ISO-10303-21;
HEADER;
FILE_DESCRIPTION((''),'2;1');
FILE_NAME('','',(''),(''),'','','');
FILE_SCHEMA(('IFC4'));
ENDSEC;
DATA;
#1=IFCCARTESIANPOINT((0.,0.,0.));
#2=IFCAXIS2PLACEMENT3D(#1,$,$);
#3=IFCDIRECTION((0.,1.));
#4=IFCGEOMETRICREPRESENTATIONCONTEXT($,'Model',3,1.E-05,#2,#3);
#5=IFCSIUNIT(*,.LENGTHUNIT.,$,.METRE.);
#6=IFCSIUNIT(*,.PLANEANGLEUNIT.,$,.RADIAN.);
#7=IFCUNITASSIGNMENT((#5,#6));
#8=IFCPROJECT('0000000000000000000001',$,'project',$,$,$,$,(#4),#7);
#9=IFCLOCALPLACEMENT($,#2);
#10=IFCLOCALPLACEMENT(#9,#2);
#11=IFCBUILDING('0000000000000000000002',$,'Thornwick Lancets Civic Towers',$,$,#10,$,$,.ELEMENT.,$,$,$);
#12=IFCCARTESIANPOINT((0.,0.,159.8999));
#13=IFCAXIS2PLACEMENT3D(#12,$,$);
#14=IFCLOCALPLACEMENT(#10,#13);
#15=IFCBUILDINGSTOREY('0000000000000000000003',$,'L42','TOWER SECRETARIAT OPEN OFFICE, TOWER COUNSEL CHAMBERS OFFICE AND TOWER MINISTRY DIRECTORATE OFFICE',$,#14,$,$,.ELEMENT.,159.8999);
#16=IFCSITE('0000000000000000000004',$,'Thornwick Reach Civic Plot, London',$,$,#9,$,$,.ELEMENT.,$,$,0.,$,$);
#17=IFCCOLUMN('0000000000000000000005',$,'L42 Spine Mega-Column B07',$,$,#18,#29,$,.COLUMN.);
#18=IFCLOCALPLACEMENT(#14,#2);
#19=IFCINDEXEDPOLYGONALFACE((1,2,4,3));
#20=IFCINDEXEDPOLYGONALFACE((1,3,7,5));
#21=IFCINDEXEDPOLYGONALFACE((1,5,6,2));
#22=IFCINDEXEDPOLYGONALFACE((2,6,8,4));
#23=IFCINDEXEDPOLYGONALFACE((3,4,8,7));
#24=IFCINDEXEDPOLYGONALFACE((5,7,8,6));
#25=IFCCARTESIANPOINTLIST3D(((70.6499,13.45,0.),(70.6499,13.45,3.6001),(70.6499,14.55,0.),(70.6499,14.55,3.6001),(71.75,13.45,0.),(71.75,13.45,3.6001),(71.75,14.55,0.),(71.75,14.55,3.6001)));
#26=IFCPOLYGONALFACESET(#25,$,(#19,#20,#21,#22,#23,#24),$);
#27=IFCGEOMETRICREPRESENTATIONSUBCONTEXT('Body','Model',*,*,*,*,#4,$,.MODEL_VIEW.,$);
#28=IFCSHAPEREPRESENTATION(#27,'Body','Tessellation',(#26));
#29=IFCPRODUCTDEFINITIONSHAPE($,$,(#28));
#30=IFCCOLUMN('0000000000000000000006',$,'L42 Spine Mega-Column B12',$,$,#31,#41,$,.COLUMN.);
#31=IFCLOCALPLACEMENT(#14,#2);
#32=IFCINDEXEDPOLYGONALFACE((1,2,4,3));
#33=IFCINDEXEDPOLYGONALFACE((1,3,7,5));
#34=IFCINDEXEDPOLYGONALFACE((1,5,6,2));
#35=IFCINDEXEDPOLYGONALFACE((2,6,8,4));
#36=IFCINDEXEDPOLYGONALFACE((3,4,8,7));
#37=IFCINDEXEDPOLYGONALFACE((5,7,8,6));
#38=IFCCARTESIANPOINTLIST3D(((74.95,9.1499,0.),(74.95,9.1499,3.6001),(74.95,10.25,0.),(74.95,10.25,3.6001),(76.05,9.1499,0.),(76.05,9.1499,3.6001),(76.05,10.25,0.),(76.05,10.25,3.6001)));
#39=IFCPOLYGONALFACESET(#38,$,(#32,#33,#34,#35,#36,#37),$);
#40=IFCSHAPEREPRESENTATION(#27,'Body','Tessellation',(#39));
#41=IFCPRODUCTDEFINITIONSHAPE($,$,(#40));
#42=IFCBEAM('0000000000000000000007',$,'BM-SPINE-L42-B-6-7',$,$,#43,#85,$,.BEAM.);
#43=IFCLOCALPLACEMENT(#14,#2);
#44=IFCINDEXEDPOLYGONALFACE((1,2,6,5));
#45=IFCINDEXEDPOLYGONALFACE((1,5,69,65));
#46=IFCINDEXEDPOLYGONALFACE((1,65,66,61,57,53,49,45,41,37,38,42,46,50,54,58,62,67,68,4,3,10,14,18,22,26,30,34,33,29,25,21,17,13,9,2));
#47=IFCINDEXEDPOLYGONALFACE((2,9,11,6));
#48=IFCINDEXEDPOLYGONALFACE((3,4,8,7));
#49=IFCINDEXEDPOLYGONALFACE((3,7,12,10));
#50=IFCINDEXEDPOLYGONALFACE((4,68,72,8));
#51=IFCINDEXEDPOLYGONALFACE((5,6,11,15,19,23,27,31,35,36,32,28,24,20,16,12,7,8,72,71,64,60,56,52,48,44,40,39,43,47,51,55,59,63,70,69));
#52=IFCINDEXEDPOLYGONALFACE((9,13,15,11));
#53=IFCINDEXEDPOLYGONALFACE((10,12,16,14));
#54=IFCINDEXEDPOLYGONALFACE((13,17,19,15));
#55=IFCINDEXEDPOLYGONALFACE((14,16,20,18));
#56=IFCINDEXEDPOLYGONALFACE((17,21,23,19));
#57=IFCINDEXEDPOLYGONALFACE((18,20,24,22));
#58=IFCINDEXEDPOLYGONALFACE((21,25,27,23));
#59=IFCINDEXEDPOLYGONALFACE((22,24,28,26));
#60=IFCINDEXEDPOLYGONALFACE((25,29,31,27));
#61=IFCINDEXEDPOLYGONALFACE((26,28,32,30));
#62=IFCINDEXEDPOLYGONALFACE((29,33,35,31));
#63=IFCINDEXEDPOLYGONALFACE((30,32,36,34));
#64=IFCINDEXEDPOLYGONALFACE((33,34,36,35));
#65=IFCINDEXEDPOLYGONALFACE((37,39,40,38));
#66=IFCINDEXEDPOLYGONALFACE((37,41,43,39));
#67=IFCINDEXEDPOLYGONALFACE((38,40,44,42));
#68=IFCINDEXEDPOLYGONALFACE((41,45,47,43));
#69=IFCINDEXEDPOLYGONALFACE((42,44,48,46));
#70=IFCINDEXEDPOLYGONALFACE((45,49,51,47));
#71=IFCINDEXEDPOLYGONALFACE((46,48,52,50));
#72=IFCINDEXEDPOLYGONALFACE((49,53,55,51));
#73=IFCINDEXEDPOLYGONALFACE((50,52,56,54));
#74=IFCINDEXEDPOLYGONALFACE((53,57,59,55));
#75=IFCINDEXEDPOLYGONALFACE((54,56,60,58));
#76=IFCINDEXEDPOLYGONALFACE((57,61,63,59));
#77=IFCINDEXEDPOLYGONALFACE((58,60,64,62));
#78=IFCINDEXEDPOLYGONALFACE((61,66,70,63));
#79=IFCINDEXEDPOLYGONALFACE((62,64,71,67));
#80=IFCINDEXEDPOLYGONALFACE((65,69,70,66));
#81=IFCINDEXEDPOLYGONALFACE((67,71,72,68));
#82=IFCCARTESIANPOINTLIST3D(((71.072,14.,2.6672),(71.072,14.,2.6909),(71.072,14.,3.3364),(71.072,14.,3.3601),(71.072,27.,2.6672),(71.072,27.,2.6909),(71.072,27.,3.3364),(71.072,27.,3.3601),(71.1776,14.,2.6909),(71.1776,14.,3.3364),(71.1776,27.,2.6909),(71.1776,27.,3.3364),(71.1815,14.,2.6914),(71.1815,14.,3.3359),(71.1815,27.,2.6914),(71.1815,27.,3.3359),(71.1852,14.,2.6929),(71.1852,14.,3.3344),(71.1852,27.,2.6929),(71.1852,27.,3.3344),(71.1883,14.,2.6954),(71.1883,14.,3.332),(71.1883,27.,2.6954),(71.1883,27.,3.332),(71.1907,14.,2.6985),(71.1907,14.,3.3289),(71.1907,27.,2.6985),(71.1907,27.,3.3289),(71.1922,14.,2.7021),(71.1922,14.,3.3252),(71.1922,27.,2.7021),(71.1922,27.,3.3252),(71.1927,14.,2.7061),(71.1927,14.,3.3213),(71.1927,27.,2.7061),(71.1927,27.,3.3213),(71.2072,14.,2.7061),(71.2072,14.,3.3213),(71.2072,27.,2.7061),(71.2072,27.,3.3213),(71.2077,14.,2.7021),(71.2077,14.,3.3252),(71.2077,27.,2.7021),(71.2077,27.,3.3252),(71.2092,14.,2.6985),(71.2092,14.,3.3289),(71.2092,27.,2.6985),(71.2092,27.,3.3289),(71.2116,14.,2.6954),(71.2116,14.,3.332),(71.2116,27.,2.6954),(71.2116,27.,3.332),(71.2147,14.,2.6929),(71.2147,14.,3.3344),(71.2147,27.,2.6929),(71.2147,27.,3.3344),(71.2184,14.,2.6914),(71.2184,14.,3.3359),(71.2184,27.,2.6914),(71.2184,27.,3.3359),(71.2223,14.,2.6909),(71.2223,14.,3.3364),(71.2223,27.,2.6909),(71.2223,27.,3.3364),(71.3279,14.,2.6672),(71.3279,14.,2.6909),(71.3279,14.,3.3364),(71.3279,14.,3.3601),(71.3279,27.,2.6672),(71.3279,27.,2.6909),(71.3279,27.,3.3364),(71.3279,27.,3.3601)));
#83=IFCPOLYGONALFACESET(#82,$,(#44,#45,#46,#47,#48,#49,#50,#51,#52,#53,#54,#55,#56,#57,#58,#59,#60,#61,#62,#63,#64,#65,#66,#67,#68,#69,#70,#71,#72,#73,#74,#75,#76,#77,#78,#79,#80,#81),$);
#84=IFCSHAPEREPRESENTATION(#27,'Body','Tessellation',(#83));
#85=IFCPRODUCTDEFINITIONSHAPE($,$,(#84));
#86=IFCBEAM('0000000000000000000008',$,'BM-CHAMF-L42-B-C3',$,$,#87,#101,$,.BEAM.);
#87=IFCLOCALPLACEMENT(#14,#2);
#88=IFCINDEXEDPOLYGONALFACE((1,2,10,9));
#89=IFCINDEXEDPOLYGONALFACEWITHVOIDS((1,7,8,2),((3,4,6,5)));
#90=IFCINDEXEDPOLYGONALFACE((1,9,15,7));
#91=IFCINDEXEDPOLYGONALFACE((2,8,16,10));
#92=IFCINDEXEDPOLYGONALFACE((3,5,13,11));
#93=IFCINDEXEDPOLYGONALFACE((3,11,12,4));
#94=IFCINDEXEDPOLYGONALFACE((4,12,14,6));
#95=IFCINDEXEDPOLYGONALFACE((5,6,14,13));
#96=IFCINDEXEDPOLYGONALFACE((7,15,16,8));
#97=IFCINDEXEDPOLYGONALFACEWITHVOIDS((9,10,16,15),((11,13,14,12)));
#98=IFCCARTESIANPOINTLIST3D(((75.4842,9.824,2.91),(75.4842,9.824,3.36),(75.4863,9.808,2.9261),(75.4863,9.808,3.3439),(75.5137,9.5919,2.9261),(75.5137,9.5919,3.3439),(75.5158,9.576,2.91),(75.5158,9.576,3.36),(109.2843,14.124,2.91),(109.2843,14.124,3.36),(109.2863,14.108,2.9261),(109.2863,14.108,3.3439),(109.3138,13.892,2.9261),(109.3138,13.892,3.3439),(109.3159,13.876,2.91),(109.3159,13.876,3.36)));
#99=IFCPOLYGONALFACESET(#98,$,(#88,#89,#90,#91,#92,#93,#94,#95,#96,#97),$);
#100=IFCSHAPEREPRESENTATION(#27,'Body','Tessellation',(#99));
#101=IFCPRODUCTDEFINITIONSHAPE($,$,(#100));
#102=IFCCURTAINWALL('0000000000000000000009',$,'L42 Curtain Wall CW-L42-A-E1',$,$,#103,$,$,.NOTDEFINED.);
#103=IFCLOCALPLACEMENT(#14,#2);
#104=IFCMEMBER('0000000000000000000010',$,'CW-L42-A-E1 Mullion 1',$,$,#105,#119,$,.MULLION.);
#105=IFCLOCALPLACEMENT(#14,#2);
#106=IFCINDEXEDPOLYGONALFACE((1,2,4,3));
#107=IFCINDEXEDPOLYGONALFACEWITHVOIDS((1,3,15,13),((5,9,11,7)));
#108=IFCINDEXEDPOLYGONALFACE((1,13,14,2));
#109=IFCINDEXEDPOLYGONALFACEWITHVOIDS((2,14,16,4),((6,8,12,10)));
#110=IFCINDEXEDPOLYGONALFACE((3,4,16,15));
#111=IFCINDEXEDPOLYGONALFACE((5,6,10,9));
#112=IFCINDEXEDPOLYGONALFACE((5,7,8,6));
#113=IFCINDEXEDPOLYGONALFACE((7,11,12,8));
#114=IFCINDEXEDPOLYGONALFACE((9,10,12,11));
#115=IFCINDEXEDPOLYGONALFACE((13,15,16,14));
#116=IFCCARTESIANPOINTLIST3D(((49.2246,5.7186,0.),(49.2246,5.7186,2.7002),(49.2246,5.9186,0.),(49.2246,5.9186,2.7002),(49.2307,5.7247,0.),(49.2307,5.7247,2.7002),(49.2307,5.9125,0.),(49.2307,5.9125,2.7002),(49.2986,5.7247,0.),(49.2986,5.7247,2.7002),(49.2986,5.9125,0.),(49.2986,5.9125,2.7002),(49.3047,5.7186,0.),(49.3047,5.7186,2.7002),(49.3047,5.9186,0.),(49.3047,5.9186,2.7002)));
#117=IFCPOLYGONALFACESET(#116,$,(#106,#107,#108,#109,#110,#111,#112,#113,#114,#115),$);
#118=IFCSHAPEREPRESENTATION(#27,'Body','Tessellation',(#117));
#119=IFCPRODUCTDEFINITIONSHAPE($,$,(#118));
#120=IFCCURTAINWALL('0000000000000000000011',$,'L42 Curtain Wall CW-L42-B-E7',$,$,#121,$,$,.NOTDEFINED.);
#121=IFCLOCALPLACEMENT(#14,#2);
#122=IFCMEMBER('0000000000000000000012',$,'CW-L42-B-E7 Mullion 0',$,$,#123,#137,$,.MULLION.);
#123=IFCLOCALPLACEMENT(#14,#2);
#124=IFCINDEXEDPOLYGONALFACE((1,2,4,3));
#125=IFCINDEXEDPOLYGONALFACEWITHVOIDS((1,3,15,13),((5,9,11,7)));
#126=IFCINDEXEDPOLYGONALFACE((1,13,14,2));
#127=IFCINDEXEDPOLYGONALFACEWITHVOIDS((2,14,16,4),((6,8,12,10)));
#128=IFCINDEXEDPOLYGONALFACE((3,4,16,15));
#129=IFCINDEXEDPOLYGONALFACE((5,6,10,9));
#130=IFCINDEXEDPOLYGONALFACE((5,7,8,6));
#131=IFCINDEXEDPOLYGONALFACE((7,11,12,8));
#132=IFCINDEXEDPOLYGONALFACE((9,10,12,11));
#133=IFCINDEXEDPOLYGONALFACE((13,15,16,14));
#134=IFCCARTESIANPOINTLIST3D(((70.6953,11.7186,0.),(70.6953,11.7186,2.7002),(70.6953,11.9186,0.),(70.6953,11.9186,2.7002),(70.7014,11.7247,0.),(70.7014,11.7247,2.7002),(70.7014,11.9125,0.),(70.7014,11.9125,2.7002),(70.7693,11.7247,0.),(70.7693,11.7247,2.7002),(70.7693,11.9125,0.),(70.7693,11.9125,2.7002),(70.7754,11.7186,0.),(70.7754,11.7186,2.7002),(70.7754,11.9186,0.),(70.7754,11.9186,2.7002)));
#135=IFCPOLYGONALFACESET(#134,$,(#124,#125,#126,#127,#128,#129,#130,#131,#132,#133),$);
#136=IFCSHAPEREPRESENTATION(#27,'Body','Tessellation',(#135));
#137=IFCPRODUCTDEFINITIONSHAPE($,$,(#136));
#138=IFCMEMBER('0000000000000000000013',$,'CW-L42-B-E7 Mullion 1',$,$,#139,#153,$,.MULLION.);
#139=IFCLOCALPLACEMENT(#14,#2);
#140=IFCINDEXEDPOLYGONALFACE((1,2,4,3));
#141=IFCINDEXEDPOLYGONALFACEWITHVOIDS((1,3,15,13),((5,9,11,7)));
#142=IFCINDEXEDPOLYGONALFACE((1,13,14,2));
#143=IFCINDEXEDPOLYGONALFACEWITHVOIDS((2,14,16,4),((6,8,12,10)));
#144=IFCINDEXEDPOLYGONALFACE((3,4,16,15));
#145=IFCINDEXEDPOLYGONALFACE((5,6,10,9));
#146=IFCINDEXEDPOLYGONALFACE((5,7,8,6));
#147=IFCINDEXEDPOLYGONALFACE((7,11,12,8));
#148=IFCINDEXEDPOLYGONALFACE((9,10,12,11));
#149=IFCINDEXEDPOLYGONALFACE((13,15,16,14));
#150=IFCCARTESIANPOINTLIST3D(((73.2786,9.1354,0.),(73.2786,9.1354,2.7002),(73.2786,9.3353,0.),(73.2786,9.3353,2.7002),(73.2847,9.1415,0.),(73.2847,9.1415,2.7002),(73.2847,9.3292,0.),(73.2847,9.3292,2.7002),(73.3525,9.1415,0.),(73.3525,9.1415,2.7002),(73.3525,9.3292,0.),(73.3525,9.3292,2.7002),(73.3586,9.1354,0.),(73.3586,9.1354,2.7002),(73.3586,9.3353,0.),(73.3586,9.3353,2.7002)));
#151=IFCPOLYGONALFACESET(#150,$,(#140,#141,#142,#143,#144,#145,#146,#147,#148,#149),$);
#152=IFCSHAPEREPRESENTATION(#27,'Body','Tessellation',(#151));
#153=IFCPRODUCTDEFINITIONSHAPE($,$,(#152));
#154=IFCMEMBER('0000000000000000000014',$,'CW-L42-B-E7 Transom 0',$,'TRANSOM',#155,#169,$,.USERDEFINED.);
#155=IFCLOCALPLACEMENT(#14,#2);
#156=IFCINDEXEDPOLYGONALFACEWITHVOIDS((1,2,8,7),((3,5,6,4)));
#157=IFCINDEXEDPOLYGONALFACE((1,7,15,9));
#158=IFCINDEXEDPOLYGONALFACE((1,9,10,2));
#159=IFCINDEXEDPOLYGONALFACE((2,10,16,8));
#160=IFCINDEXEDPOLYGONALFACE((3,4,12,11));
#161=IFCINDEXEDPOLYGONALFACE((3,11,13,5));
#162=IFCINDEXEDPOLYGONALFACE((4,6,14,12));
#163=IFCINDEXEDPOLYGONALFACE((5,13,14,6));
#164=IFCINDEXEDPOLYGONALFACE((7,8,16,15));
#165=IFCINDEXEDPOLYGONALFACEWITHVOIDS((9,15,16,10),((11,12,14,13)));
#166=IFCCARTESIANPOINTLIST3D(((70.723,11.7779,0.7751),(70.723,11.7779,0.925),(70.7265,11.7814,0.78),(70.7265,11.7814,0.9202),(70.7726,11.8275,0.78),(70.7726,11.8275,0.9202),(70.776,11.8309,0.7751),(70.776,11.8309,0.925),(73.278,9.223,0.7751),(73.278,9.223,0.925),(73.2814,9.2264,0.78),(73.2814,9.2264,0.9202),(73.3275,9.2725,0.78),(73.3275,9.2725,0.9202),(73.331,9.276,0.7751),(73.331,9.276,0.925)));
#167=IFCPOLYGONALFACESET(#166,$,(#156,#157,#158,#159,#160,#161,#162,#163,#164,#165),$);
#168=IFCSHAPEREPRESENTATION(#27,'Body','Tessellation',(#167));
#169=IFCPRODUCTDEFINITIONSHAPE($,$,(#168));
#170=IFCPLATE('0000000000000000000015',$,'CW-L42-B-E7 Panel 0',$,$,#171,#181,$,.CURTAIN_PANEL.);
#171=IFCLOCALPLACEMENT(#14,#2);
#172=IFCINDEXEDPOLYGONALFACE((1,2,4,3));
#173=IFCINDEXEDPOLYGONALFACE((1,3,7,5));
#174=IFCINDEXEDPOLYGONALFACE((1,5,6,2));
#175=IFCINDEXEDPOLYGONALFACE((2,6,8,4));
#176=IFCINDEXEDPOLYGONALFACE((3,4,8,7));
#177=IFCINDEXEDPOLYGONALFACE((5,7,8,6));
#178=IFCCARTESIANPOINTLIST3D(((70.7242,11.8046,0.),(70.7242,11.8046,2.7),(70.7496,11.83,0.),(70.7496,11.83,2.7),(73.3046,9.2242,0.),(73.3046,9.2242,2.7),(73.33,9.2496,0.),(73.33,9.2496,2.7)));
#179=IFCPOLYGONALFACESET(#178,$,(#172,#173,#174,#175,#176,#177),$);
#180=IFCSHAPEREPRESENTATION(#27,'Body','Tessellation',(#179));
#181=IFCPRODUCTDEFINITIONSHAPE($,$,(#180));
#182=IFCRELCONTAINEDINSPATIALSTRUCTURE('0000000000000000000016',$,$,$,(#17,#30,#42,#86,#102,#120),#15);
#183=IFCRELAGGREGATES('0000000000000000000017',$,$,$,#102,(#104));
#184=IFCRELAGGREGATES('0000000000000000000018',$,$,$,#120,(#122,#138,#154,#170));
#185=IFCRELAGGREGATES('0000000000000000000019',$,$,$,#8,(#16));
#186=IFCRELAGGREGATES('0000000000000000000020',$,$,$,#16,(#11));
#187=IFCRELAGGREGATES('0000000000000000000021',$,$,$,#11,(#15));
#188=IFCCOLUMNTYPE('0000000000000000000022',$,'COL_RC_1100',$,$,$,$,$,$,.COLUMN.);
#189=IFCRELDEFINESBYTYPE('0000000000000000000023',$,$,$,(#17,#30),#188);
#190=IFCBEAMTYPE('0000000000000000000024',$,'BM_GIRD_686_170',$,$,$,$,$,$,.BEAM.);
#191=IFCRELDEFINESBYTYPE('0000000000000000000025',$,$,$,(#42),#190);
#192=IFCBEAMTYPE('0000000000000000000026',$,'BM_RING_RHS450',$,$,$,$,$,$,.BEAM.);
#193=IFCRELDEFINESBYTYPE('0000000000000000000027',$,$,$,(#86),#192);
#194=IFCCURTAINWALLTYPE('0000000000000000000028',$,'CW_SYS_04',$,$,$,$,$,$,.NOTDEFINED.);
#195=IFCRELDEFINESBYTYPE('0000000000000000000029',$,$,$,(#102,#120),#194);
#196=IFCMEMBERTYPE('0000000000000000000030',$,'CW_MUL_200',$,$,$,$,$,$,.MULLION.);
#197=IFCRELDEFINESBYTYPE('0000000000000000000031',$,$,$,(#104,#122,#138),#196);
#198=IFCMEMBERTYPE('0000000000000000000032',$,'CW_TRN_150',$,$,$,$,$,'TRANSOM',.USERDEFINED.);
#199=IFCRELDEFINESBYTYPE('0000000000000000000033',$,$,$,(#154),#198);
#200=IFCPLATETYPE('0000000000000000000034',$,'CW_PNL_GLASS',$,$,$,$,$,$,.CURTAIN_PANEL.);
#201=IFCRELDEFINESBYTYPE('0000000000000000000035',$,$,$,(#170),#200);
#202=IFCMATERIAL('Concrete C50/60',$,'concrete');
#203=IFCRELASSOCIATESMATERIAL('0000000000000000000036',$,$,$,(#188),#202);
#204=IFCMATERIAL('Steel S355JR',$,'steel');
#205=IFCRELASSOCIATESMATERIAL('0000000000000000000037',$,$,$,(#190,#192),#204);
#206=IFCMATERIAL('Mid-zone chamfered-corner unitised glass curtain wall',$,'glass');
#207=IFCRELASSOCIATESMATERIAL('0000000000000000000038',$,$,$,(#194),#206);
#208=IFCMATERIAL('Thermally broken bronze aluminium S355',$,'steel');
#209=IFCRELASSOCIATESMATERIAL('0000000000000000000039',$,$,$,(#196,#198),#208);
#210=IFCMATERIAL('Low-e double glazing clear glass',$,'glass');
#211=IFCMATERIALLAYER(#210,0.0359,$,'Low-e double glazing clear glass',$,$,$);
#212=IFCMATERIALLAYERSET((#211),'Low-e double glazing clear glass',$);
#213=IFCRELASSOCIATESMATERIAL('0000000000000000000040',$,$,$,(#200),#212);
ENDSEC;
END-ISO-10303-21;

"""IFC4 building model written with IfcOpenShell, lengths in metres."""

from ifc_helpers import new_model, si_unit, direction, frame, origin, origin_2d, place, context, subcontext, project, spatial, rectangle, hollow_rectangle, i_section, extrude, material, layer, layer_set, material_profile, profile_set, type_object, element, aggregate, save


model = new_model("IFC4")

# Units and contexts
model_context = context("Model", 3, precision=1e-05, world=origin(), true_north=direction((0.0, 1.0)))
body_context = subcontext(model_context, "Body", "Model", "MODEL_VIEW")
ifc_project = project(units=[si_unit("LENGTHUNIT", "METRE"), si_unit("PLANEANGLEUNIT", "RADIAN")], contexts=[model_context])

# Site, building, storey
site_placement = place(None, origin())
site = spatial("IfcSite", under=ifc_project, at=site_placement, Name="Thornwick Reach Civic Plot, London", CompositionType="ELEMENT", RefElevation=0.0)
building_placement = place(site_placement, origin())
building = spatial("IfcBuilding", under=site, at=building_placement, Name="Thornwick Lancets Civic Towers", CompositionType="ELEMENT")
storey_placement = place(building_placement, frame((0.0, 0.0, 159.8999)))
storey = spatial("IfcBuildingStorey", under=building, at=storey_placement, Name="L42", Description="TOWER SECRETARIAT OPEN OFFICE, TOWER COUNSEL CHAMBERS OFFICE AND TOWER MINISTRY DIRECTORATE OFFICE", CompositionType="ELEMENT", Elevation=159.8999)

# Columns
ifc_material_1 = material(Name="Concrete C50/60", Category="concrete")
ifc_material_profile_1 = material_profile(ifc_material_1, rectangle(XDim=1.1001, YDim=1.1001, at=origin_2d()), Name="RC 1100x1100")
ifc_profile_set_1 = profile_set([ifc_material_profile_1], Name="Concrete C50/60")
column_type = type_object("IfcColumnType", Name="COL_RC_1100", PredefinedType="COLUMN", material=ifc_profile_set_1)
for number, where, z_axis, x_axis, name in (
    (1, (71.2, 14.0, 0.0), (0.0, 0.0, 1.0), (1.0, 0.0, 0.0), "L42 Spine Mega-Column B07"),
    (2, (75.5, 9.7, 0.0), (0.0, 0.0, 1.0), (1.0, 0.0, 0.0), "L42 Spine Mega-Column B12"),
):
    element("IfcColumn", number, at=place(storey_placement, frame(where, z_axis=z_axis, x_axis=x_axis)), inside=storey, type_object=column_type, Name=name, PredefinedType="COLUMN", context=body_context, shape_type="SweptSolid", body=[
        extrude(rectangle(XDim=1.1001, YDim=1.1001, at=origin_2d()), origin(), (0.0, 0.0, 1.0), 3.6001),
    ])

# Beams
ifc_material_2 = material(Name="Steel S355JR", Category="steel")
ifc_material_profile_2 = material_profile(ifc_material_2, i_section(OverallWidth=0.2559, OverallDepth=0.6929, WebThickness=0.0144, FlangeThickness=0.0237, FilletRadius=0.0151, at=origin_2d()), Name="UKB 686x254x170")
ifc_profile_set_2 = profile_set([ifc_material_profile_2], Name="Steel S355JR")
beam_type_1 = type_object("IfcBeamType", Name="BM_GIRD_686_170", PredefinedType="BEAM", material=ifc_profile_set_2)
beam_1_placement = place(storey_placement, frame((71.2, 14.0, 3.0137), z_axis=(0.0, 1.0, 0.0), x_axis=(-1.0, 0.0, 0.0)))
element("IfcBeam", 3, at=beam_1_placement, inside=storey, type_object=beam_type_1, Name="BM-SPINE-L42-B-6-7", PredefinedType="BEAM", context=body_context, shape_type="SweptSolid", body=[
    extrude(i_section(OverallWidth=0.2559, OverallDepth=0.6929, WebThickness=0.0144, FlangeThickness=0.0237, FilletRadius=0.0151, at=origin_2d()), origin(), (0.0, 0.0, 1.0), 13.0),
])
ifc_material_profile_3 = material_profile(ifc_material_2, hollow_rectangle(XDim=0.25, YDim=0.45, WallThickness=0.0161, at=origin_2d()), Name="RHS 450x250x16")
ifc_profile_set_3 = profile_set([ifc_material_profile_3], Name="Steel S355JR")
beam_type_2 = type_object("IfcBeamType", Name="BM_RING_RHS450", PredefinedType="BEAM", material=ifc_profile_set_3)
beam_2_placement = place(storey_placement, frame((75.5, 9.7, 3.135), z_axis=(0.992004, 0.126203, 0.0), x_axis=(-0.126203, 0.992004, 0.0)))
element("IfcBeam", 4, at=beam_2_placement, inside=storey, type_object=beam_type_2, Name="BM-CHAMF-L42-B-C3", PredefinedType="BEAM", context=body_context, shape_type="SweptSolid", body=[
    extrude(hollow_rectangle(XDim=0.25, YDim=0.45, WallThickness=0.0161, at=origin_2d()), origin(), (0.0, 0.0, 1.0), 34.0725),
])

# Curtain wall, member
ifc_material_3 = material(Name="Mid-zone chamfered-corner unitised glass curtain wall", Category="glass")
curtain_wall_type = type_object("IfcCurtainWallType", Name="CW_SYS_04", PredefinedType="NOTDEFINED", material=ifc_material_3)
curtain_wall_1_placement = place(storey_placement, origin())
curtain_wall_1 = element("IfcCurtainWall", 5, at=curtain_wall_1_placement, inside=storey, type_object=curtain_wall_type, Name="L42 Curtain Wall CW-L42-A-E1", PredefinedType="NOTDEFINED")
ifc_material_4 = material(Name="Thermally broken bronze aluminium S355", Category="steel")
ifc_material_profile_4 = material_profile(ifc_material_4, hollow_rectangle(XDim=0.0801, YDim=0.2, WallThickness=0.0061, at=origin_2d()), Name="RHS 200x80x6")
ifc_profile_set_4 = profile_set([ifc_material_profile_4], Name="Thermally broken bronze aluminium S355")
member_type_1 = type_object("IfcMemberType", Name="CW_MUL_200", PredefinedType="MULLION", material=ifc_profile_set_4)
member_1_placement = place(storey_placement, frame((49.2646, 5.8186, 0.0), z_axis=(0.0, 0.0, 1.0), x_axis=(1.0, 0.0, 0.0)))
member_1 = element("IfcMember", 6, at=member_1_placement, type_object=member_type_1, Name="CW-L42-A-E1 Mullion 1", PredefinedType="MULLION", context=body_context, shape_type="SweptSolid", body=[
    extrude(hollow_rectangle(XDim=0.0801, YDim=0.2, WallThickness=0.0061, at=origin_2d()), origin(), (0.0, 0.0, 1.0), 2.7002),
])
aggregate(curtain_wall_1, [member_1])

# Curtain wall, members, plate
curtain_wall_2_placement = place(storey_placement, origin())
curtain_wall_2 = element("IfcCurtainWall", 7, at=curtain_wall_2_placement, inside=storey, type_object=curtain_wall_type, Name="L42 Curtain Wall CW-L42-B-E7", PredefinedType="NOTDEFINED")
member_2_placement = place(storey_placement, frame((70.7354, 11.8186, 0.0), z_axis=(0.0, 0.0, 1.0), x_axis=(1.0, 0.0, 0.0)))
member_2 = element("IfcMember", 8, at=member_2_placement, type_object=member_type_1, Name="CW-L42-B-E7 Mullion 0", PredefinedType="MULLION", context=body_context, shape_type="SweptSolid", body=[
    extrude(hollow_rectangle(XDim=0.0801, YDim=0.2, WallThickness=0.0061, at=origin_2d()), origin(), (0.0, 0.0, 1.0), 2.7002),
])
member_3_placement = place(storey_placement, frame((73.3186, 9.2354, 0.0), z_axis=(0.0, 0.0, 1.0), x_axis=(1.0, 0.0, 0.0)))
member_3 = element("IfcMember", 9, at=member_3_placement, type_object=member_type_1, Name="CW-L42-B-E7 Mullion 1", PredefinedType="MULLION", context=body_context, shape_type="SweptSolid", body=[
    extrude(hollow_rectangle(XDim=0.0801, YDim=0.2, WallThickness=0.0061, at=origin_2d()), origin(), (0.0, 0.0, 1.0), 2.7002),
])
ifc_material_profile_5 = material_profile(ifc_material_4, hollow_rectangle(XDim=0.075, YDim=0.1499, WallThickness=0.0049, at=origin_2d()), Name="RHS 150x75x5")
ifc_profile_set_5 = profile_set([ifc_material_profile_5], Name="Thermally broken bronze aluminium S355")
member_type_2 = type_object("IfcMemberType", Name="CW_TRN_150", ElementType="TRANSOM", PredefinedType="USERDEFINED", material=ifc_profile_set_5)
member_4_placement = place(storey_placement, frame((70.7495, 11.8044, 0.8501), z_axis=(0.707107, -0.707107, 0.0), x_axis=(0.707107, 0.707107, 0.0)))
member_4 = element("IfcMember", 10, at=member_4_placement, type_object=member_type_2, Name="CW-L42-B-E7 Transom 0", ObjectType="TRANSOM", PredefinedType="USERDEFINED", context=body_context, shape_type="SweptSolid", body=[
    extrude(hollow_rectangle(XDim=0.075, YDim=0.1499, WallThickness=0.0049, at=origin_2d()), origin(), (0.0, 0.0, 1.0), 3.6133),
])
ifc_material_5 = material(Name="Low-e double glazing clear glass", Category="glass")
ifc_layer_1 = layer(ifc_material_5, 0.0359, Name="Low-e double glazing clear glass")
ifc_layer_set_1 = layer_set([ifc_layer_1], Name="Low-e double glazing clear glass")
plate_type = type_object("IfcPlateType", Name="CW_PNL_GLASS", PredefinedType="CURTAIN_PANEL", material=ifc_layer_set_1)
plate_placement = place(storey_placement, frame((72.0271, 10.5271, 0.0), z_axis=(0.0, 0.0, 1.0), x_axis=(0.707107, -0.707107, 0.0)))
plate = element("IfcPlate", 11, at=plate_placement, type_object=plate_type, Name="CW-L42-B-E7 Panel 0", PredefinedType="CURTAIN_PANEL", context=body_context, shape_type="SweptSolid", body=[
    extrude(rectangle(XDim=3.6492, YDim=0.0359, at=origin_2d()), origin(), (0.0, 0.0, 1.0), 2.7),
])
aggregate(curtain_wall_2, [member_2, member_3, member_4, plate])

save(model, "model.ifc")
